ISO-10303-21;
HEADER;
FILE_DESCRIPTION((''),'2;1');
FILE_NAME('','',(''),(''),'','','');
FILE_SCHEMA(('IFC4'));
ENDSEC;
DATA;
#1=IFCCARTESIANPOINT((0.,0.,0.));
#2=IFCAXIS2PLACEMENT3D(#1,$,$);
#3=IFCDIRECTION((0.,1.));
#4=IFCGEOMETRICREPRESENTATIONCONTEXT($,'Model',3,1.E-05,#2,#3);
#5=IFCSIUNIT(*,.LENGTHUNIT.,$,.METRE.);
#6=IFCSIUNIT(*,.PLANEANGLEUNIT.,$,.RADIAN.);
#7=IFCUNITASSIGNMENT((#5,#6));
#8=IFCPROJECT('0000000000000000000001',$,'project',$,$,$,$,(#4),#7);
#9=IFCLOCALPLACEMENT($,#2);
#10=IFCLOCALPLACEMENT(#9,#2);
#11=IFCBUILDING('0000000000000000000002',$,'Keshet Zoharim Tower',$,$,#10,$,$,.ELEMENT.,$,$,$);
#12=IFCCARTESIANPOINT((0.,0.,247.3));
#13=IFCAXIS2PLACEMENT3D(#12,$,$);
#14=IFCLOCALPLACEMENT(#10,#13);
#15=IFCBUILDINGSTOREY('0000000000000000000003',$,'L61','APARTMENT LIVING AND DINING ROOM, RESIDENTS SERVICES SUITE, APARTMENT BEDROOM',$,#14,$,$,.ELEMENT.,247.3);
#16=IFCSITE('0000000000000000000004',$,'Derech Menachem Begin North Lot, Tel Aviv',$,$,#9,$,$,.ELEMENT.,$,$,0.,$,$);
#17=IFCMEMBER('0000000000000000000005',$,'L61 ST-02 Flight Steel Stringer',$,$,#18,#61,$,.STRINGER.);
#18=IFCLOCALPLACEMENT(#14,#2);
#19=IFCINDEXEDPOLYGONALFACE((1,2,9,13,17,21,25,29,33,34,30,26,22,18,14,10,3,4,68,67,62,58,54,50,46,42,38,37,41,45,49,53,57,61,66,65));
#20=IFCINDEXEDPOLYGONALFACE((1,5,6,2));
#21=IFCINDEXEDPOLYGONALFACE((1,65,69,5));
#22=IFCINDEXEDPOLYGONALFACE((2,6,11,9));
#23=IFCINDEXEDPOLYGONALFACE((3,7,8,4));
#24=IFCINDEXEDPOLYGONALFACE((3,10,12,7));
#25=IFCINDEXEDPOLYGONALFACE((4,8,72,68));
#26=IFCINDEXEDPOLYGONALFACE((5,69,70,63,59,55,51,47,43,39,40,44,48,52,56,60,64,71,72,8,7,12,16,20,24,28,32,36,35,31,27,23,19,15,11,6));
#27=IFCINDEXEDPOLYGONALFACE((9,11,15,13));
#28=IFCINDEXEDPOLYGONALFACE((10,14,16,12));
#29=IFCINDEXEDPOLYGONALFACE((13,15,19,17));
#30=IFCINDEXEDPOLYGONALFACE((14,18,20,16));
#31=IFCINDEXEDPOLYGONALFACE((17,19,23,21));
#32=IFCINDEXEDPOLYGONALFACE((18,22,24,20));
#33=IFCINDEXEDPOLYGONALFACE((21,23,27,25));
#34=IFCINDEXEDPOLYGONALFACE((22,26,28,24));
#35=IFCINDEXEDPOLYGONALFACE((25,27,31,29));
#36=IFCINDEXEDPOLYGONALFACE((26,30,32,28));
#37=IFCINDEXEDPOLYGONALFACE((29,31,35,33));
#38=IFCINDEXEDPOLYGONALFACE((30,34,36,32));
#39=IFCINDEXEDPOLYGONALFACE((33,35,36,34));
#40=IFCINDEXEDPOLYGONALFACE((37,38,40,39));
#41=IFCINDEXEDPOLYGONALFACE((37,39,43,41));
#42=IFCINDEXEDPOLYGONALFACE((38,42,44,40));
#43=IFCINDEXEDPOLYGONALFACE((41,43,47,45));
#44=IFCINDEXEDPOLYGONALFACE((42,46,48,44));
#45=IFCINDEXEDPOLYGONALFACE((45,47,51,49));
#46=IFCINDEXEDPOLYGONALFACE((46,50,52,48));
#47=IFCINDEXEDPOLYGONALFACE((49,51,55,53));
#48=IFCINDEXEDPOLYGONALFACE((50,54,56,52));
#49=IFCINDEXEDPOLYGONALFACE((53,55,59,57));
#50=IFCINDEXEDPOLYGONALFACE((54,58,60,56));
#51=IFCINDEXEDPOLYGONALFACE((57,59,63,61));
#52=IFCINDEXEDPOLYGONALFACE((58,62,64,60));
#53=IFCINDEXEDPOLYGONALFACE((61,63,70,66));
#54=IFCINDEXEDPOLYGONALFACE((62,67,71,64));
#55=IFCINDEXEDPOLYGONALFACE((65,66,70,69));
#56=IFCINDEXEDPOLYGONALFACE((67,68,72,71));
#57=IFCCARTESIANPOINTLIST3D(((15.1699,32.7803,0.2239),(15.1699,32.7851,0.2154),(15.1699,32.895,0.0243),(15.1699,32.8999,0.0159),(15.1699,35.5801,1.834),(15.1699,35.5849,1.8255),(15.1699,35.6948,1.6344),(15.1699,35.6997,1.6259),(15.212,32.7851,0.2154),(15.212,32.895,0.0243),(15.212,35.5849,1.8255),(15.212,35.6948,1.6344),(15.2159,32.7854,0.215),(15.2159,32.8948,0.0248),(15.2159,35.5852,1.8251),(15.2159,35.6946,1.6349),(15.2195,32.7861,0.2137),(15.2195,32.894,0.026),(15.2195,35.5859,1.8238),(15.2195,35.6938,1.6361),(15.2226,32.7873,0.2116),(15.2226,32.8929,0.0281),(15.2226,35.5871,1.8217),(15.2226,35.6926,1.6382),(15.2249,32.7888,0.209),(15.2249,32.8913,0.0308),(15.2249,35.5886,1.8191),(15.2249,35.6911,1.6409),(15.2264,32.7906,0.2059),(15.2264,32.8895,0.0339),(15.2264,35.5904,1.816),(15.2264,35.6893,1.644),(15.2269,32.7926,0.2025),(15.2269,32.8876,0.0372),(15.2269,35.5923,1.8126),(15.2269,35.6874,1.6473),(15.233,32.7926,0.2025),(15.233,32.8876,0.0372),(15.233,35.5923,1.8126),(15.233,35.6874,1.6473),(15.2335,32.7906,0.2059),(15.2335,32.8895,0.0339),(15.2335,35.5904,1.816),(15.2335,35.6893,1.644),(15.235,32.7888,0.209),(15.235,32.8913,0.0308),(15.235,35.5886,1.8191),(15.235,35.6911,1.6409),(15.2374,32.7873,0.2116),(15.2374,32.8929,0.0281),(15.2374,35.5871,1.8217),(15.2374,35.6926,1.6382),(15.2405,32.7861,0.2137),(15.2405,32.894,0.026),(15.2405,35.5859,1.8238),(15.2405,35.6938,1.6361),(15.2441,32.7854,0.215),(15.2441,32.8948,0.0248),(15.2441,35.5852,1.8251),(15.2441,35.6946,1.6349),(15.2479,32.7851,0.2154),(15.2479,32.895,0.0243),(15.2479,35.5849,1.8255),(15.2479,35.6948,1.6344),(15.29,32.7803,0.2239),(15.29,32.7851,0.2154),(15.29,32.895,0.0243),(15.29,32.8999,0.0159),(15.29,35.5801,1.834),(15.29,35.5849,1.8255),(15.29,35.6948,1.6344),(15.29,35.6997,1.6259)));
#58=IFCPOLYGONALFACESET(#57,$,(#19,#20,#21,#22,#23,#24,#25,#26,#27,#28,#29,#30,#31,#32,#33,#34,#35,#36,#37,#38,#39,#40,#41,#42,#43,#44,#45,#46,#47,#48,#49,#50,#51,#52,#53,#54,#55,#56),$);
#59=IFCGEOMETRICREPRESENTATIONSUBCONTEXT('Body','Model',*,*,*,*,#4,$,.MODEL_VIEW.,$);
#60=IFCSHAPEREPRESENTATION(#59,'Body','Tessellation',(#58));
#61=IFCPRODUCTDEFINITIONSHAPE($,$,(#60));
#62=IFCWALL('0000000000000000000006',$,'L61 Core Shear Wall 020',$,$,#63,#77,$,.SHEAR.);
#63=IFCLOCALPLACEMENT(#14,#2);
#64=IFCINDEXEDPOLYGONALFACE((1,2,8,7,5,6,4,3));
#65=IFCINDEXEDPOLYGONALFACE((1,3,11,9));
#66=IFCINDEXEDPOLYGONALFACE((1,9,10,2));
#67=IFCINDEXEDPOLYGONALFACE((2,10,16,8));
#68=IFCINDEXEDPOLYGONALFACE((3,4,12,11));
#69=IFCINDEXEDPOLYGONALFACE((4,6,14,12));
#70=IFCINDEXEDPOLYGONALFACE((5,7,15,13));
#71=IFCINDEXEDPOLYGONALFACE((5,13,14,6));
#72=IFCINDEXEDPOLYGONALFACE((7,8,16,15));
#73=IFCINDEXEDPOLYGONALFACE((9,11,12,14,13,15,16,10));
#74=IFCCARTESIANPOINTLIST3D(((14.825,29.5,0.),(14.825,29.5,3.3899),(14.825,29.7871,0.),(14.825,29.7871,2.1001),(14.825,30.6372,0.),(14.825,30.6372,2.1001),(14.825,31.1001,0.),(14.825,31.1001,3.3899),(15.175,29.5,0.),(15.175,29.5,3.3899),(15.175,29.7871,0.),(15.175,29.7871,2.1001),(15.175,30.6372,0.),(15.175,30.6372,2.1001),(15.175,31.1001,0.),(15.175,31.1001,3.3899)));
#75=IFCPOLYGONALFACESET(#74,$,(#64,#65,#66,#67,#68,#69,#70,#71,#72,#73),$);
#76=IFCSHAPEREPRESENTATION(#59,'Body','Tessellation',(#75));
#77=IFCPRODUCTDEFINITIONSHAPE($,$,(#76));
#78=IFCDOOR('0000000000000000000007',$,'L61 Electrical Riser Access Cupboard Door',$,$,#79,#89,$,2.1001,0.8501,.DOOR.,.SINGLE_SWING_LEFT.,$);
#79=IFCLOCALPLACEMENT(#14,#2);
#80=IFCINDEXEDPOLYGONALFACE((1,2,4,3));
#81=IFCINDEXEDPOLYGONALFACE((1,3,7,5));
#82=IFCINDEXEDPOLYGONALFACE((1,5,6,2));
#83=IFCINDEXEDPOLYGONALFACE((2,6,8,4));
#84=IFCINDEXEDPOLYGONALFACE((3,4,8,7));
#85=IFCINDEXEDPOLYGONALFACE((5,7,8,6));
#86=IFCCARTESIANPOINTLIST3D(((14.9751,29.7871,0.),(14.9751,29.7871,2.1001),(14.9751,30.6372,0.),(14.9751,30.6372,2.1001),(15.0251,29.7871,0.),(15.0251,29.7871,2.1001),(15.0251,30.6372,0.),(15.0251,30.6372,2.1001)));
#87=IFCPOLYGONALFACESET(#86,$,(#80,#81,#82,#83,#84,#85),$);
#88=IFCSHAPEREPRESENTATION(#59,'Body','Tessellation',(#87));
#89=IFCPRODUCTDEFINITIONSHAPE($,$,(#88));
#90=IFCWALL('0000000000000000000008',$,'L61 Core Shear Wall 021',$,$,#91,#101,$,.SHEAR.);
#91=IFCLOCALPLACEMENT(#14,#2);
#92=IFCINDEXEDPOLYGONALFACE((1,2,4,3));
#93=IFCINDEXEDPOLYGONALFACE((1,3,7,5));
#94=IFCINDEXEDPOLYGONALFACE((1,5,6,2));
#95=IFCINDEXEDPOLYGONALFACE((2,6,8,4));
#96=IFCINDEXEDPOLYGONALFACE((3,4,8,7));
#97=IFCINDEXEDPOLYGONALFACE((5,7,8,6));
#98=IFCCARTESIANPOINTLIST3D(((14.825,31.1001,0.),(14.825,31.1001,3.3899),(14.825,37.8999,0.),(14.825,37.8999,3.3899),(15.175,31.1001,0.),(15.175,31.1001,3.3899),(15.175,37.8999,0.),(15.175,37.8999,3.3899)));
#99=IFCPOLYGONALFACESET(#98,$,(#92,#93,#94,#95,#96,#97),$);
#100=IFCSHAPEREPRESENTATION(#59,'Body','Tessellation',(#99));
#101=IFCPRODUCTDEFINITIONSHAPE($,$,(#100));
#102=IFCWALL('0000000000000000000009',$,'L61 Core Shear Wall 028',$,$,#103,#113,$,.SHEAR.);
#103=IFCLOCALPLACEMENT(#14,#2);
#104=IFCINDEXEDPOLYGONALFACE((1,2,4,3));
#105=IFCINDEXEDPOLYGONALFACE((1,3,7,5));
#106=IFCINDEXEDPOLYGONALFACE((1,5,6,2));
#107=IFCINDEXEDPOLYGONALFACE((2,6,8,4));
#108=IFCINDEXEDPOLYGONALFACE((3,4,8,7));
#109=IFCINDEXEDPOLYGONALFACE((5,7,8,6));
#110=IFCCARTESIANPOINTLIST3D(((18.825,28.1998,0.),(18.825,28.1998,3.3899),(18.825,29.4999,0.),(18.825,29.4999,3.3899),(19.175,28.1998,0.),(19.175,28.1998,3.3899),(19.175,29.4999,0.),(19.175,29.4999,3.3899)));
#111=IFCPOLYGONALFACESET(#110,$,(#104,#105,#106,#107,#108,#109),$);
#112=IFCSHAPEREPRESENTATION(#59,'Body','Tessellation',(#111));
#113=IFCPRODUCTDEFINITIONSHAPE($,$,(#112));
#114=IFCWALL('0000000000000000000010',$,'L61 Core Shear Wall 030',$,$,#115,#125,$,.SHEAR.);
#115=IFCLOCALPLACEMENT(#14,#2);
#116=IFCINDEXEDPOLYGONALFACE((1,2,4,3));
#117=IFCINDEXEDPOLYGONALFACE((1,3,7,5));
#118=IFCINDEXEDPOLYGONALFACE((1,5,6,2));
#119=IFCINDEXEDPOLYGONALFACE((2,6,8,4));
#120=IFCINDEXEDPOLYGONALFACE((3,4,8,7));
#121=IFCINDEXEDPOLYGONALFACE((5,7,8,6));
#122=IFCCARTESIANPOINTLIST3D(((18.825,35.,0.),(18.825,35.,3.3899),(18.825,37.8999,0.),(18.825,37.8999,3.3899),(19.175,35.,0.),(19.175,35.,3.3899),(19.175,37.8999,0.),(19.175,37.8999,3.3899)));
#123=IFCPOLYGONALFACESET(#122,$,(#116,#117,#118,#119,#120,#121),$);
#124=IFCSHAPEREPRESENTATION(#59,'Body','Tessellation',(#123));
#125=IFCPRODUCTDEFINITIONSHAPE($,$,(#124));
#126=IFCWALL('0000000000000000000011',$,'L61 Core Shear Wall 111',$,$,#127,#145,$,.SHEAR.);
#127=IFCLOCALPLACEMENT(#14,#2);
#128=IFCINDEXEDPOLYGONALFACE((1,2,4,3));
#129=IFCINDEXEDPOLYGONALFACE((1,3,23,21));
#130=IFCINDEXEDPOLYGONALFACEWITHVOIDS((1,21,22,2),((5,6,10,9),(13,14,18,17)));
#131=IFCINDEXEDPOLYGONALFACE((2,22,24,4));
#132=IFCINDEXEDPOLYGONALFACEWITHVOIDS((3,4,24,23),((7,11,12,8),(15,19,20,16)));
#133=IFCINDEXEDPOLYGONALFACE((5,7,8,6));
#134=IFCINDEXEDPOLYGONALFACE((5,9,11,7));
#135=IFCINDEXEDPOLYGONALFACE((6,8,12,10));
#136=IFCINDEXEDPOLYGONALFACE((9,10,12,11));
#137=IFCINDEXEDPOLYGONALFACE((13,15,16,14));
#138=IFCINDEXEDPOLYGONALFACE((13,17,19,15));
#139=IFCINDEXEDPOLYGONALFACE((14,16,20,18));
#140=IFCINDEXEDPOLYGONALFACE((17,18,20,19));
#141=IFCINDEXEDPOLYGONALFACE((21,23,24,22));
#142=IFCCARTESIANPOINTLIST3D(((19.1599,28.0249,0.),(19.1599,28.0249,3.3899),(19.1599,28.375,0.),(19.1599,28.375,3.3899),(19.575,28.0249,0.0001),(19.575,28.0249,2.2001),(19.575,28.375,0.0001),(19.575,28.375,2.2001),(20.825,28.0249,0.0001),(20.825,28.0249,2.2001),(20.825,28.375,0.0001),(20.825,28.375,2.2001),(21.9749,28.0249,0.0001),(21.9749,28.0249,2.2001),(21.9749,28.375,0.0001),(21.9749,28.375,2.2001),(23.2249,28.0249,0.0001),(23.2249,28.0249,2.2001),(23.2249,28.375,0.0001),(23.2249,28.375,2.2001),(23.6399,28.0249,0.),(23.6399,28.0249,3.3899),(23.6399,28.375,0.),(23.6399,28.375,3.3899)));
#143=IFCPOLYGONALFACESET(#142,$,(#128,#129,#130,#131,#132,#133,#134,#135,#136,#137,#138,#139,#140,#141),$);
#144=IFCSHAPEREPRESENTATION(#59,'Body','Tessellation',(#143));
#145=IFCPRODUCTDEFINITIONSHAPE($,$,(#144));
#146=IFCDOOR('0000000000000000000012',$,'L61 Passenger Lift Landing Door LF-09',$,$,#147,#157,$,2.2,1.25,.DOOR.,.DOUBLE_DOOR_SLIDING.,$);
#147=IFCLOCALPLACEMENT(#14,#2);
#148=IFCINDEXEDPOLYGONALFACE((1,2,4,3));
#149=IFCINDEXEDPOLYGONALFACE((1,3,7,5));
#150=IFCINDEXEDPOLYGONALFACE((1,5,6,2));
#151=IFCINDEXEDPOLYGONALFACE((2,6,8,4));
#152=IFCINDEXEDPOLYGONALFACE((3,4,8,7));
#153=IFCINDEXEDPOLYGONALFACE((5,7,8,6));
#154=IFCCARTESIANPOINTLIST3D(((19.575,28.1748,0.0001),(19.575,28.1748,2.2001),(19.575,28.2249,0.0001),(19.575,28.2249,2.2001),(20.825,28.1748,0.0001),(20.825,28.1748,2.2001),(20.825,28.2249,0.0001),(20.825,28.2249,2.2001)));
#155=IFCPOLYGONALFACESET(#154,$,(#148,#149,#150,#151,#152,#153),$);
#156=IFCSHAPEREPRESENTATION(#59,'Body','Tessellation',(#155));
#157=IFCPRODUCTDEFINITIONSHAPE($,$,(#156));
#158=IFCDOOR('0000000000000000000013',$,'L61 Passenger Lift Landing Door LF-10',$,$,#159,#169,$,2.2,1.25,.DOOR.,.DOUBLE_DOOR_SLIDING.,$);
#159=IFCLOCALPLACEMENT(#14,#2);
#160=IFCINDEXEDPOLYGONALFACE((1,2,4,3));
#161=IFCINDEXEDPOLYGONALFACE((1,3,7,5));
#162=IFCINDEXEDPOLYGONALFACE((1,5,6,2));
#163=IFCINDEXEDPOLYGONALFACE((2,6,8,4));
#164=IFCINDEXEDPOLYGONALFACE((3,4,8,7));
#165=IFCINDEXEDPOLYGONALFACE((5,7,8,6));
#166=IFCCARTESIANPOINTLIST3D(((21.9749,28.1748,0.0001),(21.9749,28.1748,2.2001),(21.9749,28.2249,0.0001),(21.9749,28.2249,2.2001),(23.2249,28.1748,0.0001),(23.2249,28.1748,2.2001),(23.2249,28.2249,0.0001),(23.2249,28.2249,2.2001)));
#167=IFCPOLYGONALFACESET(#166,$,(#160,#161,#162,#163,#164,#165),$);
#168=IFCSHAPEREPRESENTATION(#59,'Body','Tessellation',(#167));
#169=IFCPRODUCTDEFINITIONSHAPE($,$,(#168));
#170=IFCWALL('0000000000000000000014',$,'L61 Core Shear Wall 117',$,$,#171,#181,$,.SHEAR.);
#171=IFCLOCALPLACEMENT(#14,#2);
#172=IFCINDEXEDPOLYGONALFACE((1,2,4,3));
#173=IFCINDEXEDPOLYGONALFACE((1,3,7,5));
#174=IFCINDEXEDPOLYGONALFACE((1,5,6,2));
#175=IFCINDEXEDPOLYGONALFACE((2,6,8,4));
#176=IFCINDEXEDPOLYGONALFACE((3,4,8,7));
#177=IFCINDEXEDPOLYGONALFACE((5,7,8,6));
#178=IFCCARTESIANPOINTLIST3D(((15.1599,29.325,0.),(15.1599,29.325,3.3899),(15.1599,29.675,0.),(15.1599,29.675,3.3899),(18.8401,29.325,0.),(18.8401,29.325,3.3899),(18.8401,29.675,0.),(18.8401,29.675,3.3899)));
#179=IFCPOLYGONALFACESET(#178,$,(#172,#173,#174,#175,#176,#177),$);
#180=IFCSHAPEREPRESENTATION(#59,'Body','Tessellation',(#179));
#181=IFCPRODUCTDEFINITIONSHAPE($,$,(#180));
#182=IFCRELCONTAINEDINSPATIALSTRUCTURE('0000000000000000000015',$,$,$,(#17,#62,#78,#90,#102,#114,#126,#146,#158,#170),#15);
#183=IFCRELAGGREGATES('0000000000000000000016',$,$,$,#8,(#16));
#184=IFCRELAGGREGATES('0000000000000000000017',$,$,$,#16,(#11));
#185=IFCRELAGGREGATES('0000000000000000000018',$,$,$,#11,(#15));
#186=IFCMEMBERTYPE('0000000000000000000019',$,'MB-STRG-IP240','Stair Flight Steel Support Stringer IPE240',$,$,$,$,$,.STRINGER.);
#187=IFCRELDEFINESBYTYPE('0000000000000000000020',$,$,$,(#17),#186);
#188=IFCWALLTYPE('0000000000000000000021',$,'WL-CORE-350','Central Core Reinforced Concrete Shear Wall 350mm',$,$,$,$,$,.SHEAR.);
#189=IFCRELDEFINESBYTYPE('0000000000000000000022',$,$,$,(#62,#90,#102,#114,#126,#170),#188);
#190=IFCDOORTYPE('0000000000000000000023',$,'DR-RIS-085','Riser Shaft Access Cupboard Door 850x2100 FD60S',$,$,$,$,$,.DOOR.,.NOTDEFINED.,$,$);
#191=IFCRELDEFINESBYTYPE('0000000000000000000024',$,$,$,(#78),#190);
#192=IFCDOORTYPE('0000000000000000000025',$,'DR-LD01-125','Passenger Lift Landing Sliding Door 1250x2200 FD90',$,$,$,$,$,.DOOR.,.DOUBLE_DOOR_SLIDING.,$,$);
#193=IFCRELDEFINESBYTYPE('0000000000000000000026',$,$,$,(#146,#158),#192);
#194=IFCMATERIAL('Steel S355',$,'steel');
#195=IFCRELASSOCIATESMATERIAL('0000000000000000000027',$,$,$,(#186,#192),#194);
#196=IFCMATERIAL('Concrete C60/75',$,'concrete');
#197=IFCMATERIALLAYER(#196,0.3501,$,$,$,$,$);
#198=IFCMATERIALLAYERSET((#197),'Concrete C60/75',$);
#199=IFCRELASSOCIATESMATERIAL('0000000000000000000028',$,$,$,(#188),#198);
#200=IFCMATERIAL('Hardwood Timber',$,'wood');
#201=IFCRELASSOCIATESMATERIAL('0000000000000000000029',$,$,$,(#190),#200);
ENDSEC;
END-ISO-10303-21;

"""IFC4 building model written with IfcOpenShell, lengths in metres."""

from ifc_helpers import new_model, si_unit, direction, frame, frame_2d, origin, origin_2d, place, context, subcontext, project, spatial, rectangle, i_section, extrude, material, layer, layer_set, material_profile, profile_set, type_object, element, fill, save


model = new_model("IFC4")

# Units and contexts
model_context = context("Model", 3, precision=1e-05, world=origin(), true_north=direction((0.0, 1.0)))
body_context = subcontext(model_context, "Body", "Model", "MODEL_VIEW")
ifc_project = project(units=[si_unit("LENGTHUNIT", "METRE"), si_unit("PLANEANGLEUNIT", "RADIAN")], contexts=[model_context])

# Site, building, storey
site_placement = place(None, origin())
site = spatial("IfcSite", under=ifc_project, at=site_placement, Name="Derech Menachem Begin North Lot, Tel Aviv", CompositionType="ELEMENT", RefElevation=0.0)
building_placement = place(site_placement, origin())
building = spatial("IfcBuilding", under=site, at=building_placement, Name="Keshet Zoharim Tower", CompositionType="ELEMENT")
storey_placement = place(building_placement, frame((0.0, 0.0, 247.3)))
storey = spatial("IfcBuildingStorey", under=building, at=storey_placement, Name="L61", Description="APARTMENT LIVING AND DINING ROOM, RESIDENTS SERVICES SUITE, APARTMENT BEDROOM", CompositionType="ELEMENT", Elevation=247.3)

# Member
ifc_material_1 = material(Name="Steel S355", Category="steel")
ifc_material_profile = material_profile(ifc_material_1, i_section(OverallWidth=0.1201, OverallDepth=0.24, WebThickness=0.0061, FlangeThickness=0.0098, FilletRadius=0.0149, at=origin_2d()), Name="IPE240")
ifc_profile_set = profile_set([ifc_material_profile], Name="Steel S355")
member_type = type_object("IfcMemberType", Name="MB-STRG-IP240", Description="Stair Flight Steel Support Stringer IPE240", PredefinedType="STRINGER", material=ifc_profile_set)
member_placement = place(storey_placement, frame((15.23, 32.8401, 0.1199), z_axis=(0.0, 0.866877, 0.498522), x_axis=(-1.0, 0.0, 0.0)))
element("IfcMember", 1, at=member_placement, inside=storey, type_object=member_type, Name="L61 ST-02 Flight Steel Stringer", PredefinedType="STRINGER", context=body_context, shape_type="SweptSolid", body=[
    extrude(i_section(OverallWidth=0.1201, OverallDepth=0.24, WebThickness=0.0061, FlangeThickness=0.0098, FilletRadius=0.0149, at=origin_2d()), origin(), (0.0, 0.0, 1.0), 3.2297),
])

# Wall, opening, door
ifc_material_2 = material(Name="Concrete C60/75", Category="concrete")
ifc_layer_1 = layer(ifc_material_2, 0.3501)
ifc_layer_set_1 = layer_set([ifc_layer_1], Name="Concrete C60/75")
wall_type_1 = type_object("IfcWallType", Name="WL-CORE-350", Description="Central Core Reinforced Concrete Shear Wall 350mm", PredefinedType="SHEAR", material=ifc_layer_set_1)
wall_1_placement = place(storey_placement, frame((15.0, 29.5, 0.0), z_axis=(0.0, 0.0, 1.0), x_axis=(0.0, 1.0, 0.0)))
wall_1 = element("IfcWall", 2, at=wall_1_placement, inside=storey, type_object=wall_type_1, Name="L61 Core Shear Wall 020", PredefinedType="SHEAR", context=body_context, shape_type="SweptSolid", body=[
    extrude(rectangle(XDim=1.6001, YDim=0.3501, at=frame_2d((0.8, 0.0))), origin(), (0.0, 0.0, 1.0), 3.3899),
])
opening_1_placement = place(wall_1_placement, frame((0.2871, 0.0, 0.0)))
opening_1 = element("IfcOpeningElement", 3, at=opening_1_placement, cuts=wall_1, PredefinedType="OPENING", context=body_context, shape_type="SweptSolid", body=[
    extrude(rectangle(XDim=0.8501, YDim=2.1001, at=frame_2d((0.425, 1.05))), frame((0.0, 0.1851, 0.0), z_axis=(0.0, -1.0, 0.0), x_axis=(1.0, 0.0, 0.0)), (0.0, 0.0, 1.0), 0.3701),
])
ifc_material_3 = material(Name="Hardwood Timber", Category="wood")
door_type_1 = type_object("IfcDoorType", Name="DR-RIS-085", Description="Riser Shaft Access Cupboard Door 850x2100 FD60S", OperationType="NOTDEFINED", PredefinedType="DOOR", material=ifc_material_3)
door_1_placement = place(opening_1_placement, origin())
door_1 = element("IfcDoor", 4, at=door_1_placement, inside=storey, type_object=door_type_1, Name="L61 Electrical Riser Access Cupboard Door", OperationType="SINGLE_SWING_LEFT", OverallHeight=2.1001, OverallWidth=0.8501, PredefinedType="DOOR", context=body_context, shape_type="SweptSolid", body=[
    extrude(rectangle(XDim=0.8501, YDim=2.1001, at=frame_2d((0.425, 1.05))), frame((0.0, 0.0249, 0.0), z_axis=(0.0, -1.0, 0.0), x_axis=(1.0, 0.0, 0.0)), (0.0, 0.0, 1.0), 0.05),
])
fill(opening_1, door_1)

# Walls
wall_2_placement = place(storey_placement, frame((15.0, 31.1001, 0.0), z_axis=(0.0, 0.0, 1.0), x_axis=(0.0, 1.0, 0.0)))
element("IfcWall", 5, at=wall_2_placement, inside=storey, type_object=wall_type_1, Name="L61 Core Shear Wall 021", PredefinedType="SHEAR", context=body_context, shape_type="SweptSolid", body=[
    extrude(rectangle(XDim=6.7998, YDim=0.3501, at=frame_2d((3.3999, 0.0))), origin(), (0.0, 0.0, 1.0), 3.3899),
])
wall_3_placement = place(storey_placement, frame((19.0, 28.2, 0.0), z_axis=(0.0, 0.0, 1.0), x_axis=(0.0, 1.0, 0.0)))
element("IfcWall", 6, at=wall_3_placement, inside=storey, type_object=wall_type_1, Name="L61 Core Shear Wall 028", PredefinedType="SHEAR", context=body_context, shape_type="SweptSolid", body=[
    extrude(rectangle(XDim=1.3, YDim=0.3501, at=frame_2d((0.6499, 0.0))), origin(), (0.0, 0.0, 1.0), 3.3899),
])

# Wall
wall_4_placement = place(storey_placement, frame((19.0, 35.0, 0.0), z_axis=(0.0, 0.0, 1.0), x_axis=(0.0, 1.0, 0.0)))
element("IfcWall", 7, at=wall_4_placement, inside=storey, type_object=wall_type_1, Name="L61 Core Shear Wall 030", PredefinedType="SHEAR", context=body_context, shape_type="SweptSolid", body=[
    extrude(rectangle(XDim=2.8999, YDim=0.3501, at=frame_2d((1.45, 0.0))), origin(), (0.0, 0.0, 1.0), 3.3899),
])

# Wall, openings, doors
wall_5_placement = place(storey_placement, frame((19.1599, 28.2, 0.0), z_axis=(0.0, 0.0, 1.0), x_axis=(1.0, 0.0, 0.0)))
wall_5 = element("IfcWall", 8, at=wall_5_placement, inside=storey, type_object=wall_type_1, Name="L61 Core Shear Wall 111", PredefinedType="SHEAR", context=body_context, shape_type="SweptSolid", body=[
    extrude(rectangle(XDim=4.48, YDim=0.3501, at=frame_2d((2.24, 0.0))), origin(), (0.0, 0.0, 1.0), 3.3899),
])
opening_2_placement = place(wall_5_placement, frame((0.415, 0.0, 0.0)))
opening_2 = element("IfcOpeningElement", 9, at=opening_2_placement, cuts=wall_5, PredefinedType="OPENING", context=body_context, shape_type="SweptSolid", body=[
    extrude(rectangle(XDim=1.25, YDim=2.2, at=frame_2d((0.625, 1.1001))), frame((0.0, 0.1851, 0.0), z_axis=(0.0, -1.0, 0.0), x_axis=(1.0, 0.0, 0.0)), (0.0, 0.0, 1.0), 0.3701),
])
opening_3_placement = place(wall_5_placement, frame((2.8149, 0.0, 0.0)))
opening_3 = element("IfcOpeningElement", 10, at=opening_3_placement, cuts=wall_5, PredefinedType="OPENING", context=body_context, shape_type="SweptSolid", body=[
    extrude(rectangle(XDim=1.25, YDim=2.2, at=frame_2d((0.625, 1.1001))), frame((0.0, 0.1851, 0.0), z_axis=(0.0, -1.0, 0.0), x_axis=(1.0, 0.0, 0.0)), (0.0, 0.0, 1.0), 0.3701),
])
door_type_2 = type_object("IfcDoorType", Name="DR-LD01-125", Description="Passenger Lift Landing Sliding Door 1250x2200 FD90", OperationType="DOUBLE_DOOR_SLIDING", PredefinedType="DOOR", material=ifc_material_1)
door_2_placement = place(opening_2_placement, origin())
door_2 = element("IfcDoor", 11, at=door_2_placement, inside=storey, type_object=door_type_2, Name="L61 Passenger Lift Landing Door LF-09", OperationType="DOUBLE_DOOR_SLIDING", OverallHeight=2.2, OverallWidth=1.25, PredefinedType="DOOR", context=body_context, shape_type="SweptSolid", body=[
    extrude(rectangle(XDim=1.25, YDim=2.2, at=frame_2d((0.625, 1.1001))), frame((0.0, 0.0249, 0.0), z_axis=(0.0, -1.0, 0.0), x_axis=(1.0, 0.0, 0.0)), (0.0, 0.0, 1.0), 0.05),
])
fill(opening_2, door_2)
door_3_placement = place(opening_3_placement, origin())
door_3 = element("IfcDoor", 12, at=door_3_placement, inside=storey, type_object=door_type_2, Name="L61 Passenger Lift Landing Door LF-10", OperationType="DOUBLE_DOOR_SLIDING", OverallHeight=2.2, OverallWidth=1.25, PredefinedType="DOOR", context=body_context, shape_type="SweptSolid", body=[
    extrude(rectangle(XDim=1.25, YDim=2.2, at=frame_2d((0.625, 1.1001))), frame((0.0, 0.0249, 0.0), z_axis=(0.0, -1.0, 0.0), x_axis=(1.0, 0.0, 0.0)), (0.0, 0.0, 1.0), 0.05),
])
fill(opening_3, door_3)

# Wall
wall_6_placement = place(storey_placement, frame((15.1599, 29.5, 0.0), z_axis=(0.0, 0.0, 1.0), x_axis=(1.0, 0.0, 0.0)))
element("IfcWall", 13, at=wall_6_placement, inside=storey, type_object=wall_type_1, Name="L61 Core Shear Wall 117", PredefinedType="SHEAR", context=body_context, shape_type="SweptSolid", body=[
    extrude(rectangle(XDim=3.6802, YDim=0.3501, at=frame_2d((1.8401, 0.0))), origin(), (0.0, 0.0, 1.0), 3.3899),
])

save(model, "model.ifc")
